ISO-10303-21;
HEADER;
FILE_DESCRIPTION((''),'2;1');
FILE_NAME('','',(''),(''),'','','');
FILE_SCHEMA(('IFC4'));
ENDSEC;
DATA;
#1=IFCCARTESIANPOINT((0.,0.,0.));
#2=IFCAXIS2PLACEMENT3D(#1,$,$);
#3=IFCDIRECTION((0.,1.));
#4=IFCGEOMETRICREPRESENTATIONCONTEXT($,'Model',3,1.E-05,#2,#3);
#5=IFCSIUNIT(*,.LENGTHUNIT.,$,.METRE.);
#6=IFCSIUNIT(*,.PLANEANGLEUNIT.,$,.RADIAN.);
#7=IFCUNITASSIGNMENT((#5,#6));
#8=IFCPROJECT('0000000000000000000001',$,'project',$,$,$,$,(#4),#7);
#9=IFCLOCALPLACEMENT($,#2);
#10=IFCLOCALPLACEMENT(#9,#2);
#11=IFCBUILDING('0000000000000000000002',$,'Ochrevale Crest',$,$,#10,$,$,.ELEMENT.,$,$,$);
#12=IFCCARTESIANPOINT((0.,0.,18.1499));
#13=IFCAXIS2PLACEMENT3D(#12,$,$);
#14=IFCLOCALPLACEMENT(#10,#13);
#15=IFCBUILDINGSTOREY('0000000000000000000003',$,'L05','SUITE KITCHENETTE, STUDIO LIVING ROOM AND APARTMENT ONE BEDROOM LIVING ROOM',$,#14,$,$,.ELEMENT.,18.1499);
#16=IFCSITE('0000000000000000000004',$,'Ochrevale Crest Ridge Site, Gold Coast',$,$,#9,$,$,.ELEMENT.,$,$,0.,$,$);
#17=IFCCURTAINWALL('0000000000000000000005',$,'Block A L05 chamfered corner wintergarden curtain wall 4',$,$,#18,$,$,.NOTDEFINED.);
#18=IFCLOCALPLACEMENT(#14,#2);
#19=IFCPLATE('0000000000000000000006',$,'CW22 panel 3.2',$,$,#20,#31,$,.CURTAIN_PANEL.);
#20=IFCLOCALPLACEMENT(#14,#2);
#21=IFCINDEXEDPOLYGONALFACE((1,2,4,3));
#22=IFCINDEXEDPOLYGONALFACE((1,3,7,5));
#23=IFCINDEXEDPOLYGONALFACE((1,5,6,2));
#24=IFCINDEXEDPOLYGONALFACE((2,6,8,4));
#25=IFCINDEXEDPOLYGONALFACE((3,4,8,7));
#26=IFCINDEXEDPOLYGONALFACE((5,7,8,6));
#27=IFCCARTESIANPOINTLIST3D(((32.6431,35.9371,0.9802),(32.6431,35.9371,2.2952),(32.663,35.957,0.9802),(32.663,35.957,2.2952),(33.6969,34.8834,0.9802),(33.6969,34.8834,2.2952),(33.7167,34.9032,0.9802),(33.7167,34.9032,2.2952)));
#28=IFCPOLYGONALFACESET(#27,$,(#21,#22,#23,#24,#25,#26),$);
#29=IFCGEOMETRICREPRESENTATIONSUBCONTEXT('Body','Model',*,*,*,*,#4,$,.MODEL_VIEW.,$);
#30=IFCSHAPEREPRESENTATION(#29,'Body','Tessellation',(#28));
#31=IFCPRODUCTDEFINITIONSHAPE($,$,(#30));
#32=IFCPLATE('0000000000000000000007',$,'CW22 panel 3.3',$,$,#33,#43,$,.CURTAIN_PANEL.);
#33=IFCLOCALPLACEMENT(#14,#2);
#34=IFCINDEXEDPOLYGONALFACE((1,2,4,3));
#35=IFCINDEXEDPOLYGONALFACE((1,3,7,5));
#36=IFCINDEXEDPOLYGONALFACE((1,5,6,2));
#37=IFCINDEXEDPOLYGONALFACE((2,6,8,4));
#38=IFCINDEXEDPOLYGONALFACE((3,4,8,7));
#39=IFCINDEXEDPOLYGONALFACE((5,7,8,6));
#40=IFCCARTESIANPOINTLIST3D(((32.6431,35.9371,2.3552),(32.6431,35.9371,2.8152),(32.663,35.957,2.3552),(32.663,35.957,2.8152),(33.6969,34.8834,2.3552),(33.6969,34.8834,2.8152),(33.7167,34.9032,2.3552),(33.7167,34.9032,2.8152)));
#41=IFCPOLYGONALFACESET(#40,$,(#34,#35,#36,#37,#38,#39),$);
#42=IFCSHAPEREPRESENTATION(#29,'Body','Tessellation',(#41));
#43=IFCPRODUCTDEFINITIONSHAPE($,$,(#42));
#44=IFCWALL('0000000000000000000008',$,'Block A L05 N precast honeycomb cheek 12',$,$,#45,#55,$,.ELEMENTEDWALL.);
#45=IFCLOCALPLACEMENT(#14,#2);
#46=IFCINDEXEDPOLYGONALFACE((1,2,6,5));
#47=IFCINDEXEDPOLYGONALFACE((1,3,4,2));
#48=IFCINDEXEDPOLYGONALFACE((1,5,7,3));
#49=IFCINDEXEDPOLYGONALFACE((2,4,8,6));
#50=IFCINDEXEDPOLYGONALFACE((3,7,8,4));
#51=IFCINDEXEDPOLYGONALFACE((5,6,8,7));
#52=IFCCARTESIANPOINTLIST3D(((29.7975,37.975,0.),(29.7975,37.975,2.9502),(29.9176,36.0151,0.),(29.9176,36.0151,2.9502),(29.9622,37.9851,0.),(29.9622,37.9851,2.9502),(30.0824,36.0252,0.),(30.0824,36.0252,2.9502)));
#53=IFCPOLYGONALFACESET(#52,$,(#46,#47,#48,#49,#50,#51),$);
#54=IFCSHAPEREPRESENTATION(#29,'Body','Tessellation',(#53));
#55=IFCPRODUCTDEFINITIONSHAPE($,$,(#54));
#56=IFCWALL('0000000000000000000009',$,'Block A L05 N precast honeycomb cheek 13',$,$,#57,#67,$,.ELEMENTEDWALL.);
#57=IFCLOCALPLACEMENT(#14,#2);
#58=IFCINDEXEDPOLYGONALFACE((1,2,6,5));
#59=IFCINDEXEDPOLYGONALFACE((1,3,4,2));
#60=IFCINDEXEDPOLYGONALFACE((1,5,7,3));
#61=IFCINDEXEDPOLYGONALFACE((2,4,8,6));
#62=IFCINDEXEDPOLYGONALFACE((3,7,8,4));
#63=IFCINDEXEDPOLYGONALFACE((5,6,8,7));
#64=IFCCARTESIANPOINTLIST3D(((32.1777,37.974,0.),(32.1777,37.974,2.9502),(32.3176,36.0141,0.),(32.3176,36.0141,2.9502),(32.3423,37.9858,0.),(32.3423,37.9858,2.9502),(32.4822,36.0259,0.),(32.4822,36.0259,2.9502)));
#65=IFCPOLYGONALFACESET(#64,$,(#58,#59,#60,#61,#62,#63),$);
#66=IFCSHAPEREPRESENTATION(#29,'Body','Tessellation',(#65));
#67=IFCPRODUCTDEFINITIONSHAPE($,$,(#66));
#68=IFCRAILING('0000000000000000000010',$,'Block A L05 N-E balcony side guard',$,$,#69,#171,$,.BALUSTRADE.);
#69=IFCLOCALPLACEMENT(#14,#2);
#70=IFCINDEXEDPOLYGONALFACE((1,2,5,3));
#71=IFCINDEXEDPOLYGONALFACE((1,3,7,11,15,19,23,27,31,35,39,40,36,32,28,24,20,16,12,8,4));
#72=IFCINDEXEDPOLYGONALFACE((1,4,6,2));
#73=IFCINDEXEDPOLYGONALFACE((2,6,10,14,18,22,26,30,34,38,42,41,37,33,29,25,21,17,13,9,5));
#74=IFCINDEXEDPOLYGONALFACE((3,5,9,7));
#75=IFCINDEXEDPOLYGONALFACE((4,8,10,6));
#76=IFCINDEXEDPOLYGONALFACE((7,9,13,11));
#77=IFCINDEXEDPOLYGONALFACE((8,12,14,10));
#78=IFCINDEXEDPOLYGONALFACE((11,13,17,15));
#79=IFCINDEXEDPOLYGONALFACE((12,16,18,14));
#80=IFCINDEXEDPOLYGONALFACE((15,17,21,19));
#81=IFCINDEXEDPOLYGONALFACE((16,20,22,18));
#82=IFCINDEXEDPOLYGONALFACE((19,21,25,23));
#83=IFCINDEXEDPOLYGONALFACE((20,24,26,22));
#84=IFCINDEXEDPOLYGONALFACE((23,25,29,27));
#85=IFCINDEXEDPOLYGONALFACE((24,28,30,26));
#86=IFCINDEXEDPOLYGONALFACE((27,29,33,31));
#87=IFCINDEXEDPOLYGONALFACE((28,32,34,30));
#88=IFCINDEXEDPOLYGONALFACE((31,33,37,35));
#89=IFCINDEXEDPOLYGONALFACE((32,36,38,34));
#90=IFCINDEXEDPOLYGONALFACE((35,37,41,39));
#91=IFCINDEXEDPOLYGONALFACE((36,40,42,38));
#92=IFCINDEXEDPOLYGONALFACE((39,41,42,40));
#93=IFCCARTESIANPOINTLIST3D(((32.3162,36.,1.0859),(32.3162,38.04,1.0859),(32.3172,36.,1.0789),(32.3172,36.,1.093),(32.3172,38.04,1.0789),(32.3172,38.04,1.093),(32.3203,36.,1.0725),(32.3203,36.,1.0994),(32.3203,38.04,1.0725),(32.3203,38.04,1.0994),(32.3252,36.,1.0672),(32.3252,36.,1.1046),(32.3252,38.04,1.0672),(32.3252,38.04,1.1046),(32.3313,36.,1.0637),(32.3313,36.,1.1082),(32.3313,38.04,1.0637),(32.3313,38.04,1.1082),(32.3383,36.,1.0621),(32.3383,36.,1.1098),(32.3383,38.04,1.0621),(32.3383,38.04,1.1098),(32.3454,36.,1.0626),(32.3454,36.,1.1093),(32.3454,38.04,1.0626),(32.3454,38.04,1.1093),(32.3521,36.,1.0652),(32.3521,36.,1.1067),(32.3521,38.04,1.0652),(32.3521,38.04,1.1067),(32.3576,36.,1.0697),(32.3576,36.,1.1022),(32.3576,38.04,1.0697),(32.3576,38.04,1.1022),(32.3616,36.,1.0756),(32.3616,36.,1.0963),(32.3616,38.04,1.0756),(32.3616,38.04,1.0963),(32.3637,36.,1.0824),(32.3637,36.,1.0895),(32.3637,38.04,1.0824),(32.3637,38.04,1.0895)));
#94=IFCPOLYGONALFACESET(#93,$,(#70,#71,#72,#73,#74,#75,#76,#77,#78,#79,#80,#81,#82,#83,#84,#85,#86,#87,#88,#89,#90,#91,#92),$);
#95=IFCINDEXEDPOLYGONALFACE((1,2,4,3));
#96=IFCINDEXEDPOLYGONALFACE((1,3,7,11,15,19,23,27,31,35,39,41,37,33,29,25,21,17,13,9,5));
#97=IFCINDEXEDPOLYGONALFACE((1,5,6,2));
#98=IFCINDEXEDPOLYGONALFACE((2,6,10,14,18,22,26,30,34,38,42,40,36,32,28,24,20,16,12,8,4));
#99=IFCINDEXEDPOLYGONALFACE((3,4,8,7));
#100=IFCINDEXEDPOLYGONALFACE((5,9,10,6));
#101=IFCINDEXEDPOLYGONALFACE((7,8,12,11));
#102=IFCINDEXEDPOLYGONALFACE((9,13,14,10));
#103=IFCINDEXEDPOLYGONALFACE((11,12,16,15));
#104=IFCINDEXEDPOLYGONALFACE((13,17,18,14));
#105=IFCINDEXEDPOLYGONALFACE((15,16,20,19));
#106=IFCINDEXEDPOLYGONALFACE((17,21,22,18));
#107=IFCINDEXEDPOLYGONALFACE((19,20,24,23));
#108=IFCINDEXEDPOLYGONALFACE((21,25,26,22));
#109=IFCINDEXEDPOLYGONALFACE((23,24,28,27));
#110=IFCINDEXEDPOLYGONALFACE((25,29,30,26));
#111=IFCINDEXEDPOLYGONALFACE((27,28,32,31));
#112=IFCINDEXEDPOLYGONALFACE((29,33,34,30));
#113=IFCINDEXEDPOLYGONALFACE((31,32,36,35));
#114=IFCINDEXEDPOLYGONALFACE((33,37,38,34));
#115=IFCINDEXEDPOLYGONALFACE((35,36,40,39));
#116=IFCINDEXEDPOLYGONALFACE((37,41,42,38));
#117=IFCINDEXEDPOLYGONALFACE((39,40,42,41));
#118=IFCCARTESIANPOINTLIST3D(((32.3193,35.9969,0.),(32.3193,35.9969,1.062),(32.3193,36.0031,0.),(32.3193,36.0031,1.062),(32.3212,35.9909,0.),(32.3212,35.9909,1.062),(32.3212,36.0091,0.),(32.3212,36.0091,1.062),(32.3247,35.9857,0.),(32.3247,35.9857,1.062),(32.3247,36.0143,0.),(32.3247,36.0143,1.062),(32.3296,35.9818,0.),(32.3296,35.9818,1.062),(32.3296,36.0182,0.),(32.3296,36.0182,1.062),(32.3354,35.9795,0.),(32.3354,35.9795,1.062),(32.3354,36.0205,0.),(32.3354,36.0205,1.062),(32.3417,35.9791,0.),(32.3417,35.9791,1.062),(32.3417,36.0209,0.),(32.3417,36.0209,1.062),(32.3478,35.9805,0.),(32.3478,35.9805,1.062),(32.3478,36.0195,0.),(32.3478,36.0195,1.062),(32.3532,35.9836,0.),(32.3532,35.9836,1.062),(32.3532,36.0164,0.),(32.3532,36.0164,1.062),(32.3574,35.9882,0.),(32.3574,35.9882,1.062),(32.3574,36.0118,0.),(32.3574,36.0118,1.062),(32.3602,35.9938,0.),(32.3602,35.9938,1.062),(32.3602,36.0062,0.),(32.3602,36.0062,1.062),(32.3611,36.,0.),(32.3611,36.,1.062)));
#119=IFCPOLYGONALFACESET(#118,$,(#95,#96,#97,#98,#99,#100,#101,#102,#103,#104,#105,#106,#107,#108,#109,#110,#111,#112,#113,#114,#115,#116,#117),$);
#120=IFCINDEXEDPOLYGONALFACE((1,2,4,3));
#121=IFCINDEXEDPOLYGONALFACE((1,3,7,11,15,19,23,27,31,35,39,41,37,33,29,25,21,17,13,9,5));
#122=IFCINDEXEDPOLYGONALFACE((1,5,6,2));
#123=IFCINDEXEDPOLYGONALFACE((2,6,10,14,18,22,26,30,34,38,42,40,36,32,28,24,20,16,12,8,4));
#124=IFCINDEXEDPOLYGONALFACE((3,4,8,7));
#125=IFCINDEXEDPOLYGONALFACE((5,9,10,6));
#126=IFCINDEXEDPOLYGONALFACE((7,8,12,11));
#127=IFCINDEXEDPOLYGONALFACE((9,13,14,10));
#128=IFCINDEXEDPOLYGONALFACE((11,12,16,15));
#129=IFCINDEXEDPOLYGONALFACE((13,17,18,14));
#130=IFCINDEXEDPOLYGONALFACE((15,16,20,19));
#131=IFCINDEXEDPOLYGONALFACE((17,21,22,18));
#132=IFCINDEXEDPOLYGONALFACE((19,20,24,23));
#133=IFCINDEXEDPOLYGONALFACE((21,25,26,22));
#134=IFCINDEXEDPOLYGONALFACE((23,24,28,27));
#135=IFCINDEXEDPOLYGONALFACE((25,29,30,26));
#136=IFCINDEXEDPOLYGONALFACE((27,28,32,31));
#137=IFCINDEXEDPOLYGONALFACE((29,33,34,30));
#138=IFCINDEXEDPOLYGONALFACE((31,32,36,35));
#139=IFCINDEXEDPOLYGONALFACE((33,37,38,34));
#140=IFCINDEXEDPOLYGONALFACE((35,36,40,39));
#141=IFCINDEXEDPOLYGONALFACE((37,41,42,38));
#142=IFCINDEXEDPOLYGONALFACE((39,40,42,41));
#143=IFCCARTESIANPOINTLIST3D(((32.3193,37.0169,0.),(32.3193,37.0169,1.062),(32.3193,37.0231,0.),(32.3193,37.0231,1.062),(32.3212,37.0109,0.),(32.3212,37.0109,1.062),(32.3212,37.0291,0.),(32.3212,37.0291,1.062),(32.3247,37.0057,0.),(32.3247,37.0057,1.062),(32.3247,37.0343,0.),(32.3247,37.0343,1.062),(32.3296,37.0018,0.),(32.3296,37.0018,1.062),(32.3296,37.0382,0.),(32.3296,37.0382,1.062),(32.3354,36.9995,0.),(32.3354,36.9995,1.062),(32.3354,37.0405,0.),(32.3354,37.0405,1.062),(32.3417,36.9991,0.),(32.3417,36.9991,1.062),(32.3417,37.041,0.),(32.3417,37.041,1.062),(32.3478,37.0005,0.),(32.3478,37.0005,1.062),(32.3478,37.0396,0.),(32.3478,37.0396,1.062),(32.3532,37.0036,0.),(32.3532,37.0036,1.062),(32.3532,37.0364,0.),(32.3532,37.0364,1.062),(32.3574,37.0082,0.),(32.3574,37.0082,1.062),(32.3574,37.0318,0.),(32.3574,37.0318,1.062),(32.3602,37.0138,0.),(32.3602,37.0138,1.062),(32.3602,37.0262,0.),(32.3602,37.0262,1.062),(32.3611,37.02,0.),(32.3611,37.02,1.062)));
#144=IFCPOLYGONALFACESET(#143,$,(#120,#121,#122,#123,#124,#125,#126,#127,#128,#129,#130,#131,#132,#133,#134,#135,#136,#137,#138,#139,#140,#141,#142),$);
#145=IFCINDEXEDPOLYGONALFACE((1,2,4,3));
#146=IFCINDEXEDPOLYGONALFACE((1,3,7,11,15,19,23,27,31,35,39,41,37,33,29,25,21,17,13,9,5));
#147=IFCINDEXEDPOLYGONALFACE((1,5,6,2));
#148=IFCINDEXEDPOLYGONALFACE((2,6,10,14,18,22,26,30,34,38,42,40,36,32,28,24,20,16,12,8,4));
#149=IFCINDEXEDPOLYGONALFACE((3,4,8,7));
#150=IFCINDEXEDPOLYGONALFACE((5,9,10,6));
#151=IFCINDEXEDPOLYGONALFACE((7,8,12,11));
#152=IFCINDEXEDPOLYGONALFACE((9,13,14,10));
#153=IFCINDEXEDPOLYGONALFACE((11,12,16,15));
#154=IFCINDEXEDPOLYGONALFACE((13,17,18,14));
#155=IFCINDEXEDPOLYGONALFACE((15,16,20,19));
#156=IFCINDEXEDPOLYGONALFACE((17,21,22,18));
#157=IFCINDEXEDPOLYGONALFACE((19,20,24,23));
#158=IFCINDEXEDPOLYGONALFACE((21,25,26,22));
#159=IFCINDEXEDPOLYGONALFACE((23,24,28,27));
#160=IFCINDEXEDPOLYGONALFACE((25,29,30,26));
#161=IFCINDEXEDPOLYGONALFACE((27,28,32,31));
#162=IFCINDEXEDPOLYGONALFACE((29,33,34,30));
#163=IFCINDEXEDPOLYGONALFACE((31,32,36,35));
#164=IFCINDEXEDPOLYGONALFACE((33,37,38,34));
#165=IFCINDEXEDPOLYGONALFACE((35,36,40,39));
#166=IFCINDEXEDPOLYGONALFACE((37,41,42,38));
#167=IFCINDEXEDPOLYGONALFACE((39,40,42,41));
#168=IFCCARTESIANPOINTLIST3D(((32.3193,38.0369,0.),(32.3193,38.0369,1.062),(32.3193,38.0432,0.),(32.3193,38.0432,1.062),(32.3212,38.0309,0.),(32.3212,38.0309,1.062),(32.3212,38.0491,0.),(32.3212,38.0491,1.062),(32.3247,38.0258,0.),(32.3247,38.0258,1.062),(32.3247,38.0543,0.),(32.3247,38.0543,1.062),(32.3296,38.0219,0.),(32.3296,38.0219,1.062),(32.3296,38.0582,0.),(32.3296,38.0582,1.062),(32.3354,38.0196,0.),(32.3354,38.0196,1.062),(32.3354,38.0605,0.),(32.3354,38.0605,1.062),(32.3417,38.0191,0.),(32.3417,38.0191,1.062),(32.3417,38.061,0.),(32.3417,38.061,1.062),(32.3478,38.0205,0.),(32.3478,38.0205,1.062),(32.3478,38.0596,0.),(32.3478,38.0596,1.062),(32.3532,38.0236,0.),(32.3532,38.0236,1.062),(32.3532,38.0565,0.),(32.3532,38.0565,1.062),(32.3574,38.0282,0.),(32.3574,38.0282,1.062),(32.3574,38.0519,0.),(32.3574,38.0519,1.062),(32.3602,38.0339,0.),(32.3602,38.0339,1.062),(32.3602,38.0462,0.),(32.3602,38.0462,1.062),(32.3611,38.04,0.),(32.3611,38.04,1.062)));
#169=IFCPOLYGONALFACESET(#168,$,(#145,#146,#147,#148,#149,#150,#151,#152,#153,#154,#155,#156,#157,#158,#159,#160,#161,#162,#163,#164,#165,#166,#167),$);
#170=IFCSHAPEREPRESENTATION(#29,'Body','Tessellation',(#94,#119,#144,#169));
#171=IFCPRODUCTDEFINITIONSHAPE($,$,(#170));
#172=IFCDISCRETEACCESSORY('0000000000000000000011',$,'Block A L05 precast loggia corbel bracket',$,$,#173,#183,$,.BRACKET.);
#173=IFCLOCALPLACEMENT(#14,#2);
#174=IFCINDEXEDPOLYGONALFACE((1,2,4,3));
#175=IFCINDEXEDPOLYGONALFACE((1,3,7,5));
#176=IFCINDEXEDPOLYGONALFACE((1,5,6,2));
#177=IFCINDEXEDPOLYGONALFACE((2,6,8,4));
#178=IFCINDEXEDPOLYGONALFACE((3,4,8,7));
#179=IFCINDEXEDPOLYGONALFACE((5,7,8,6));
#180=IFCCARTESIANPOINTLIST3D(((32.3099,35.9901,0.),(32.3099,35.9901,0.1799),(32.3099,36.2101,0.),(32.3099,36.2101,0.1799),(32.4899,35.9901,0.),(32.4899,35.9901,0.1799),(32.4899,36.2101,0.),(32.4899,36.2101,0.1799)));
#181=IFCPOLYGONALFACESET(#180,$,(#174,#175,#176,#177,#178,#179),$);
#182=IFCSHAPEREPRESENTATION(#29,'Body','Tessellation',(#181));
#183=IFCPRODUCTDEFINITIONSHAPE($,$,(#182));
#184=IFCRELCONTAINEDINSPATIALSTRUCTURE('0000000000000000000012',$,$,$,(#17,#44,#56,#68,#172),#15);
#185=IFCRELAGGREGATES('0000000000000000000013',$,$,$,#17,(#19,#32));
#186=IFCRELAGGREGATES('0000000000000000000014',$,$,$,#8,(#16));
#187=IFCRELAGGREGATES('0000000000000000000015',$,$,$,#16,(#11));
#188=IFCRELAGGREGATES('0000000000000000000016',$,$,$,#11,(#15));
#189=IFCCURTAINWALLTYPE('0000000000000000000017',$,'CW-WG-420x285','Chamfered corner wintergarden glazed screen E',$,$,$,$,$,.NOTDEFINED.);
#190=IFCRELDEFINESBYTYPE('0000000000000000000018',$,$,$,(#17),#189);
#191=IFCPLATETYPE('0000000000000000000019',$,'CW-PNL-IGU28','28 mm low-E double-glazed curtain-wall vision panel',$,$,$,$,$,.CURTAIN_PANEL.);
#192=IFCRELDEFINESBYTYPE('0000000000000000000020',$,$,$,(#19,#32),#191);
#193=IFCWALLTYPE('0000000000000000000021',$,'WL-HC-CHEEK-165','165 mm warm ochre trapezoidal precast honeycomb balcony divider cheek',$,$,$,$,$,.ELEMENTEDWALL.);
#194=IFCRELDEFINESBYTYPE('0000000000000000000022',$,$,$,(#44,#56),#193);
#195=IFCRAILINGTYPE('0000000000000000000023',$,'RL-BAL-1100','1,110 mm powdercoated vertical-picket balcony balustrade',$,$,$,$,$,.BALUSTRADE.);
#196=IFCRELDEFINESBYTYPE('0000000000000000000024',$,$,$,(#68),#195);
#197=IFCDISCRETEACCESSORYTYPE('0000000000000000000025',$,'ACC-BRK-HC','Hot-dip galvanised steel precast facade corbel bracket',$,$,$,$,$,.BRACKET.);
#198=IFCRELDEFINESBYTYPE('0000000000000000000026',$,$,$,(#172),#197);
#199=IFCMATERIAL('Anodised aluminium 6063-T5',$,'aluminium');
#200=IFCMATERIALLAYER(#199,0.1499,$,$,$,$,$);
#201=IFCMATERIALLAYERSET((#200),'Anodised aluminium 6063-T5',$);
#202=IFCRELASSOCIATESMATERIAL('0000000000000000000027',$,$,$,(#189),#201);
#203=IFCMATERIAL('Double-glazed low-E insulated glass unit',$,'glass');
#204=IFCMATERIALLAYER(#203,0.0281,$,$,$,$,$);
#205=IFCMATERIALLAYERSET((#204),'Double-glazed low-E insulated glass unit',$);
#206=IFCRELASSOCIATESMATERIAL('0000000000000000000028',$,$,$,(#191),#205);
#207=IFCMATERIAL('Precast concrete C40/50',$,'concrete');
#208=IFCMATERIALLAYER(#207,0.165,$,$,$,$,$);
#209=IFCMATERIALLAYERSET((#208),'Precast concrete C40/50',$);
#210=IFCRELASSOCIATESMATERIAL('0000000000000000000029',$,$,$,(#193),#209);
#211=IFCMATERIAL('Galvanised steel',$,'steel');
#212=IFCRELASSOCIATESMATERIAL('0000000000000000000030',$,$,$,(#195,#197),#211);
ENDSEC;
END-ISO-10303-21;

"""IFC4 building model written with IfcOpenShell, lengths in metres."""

from ifc_helpers import new_model, si_unit, direction, frame, frame_2d, origin, origin_2d, place, context, subcontext, project, spatial, rectangle, circle, extrude, material, layer, layer_set, type_object, element, aggregate, save


model = new_model("IFC4")

# Units and contexts
model_context = context("Model", 3, precision=1e-05, world=origin(), true_north=direction((0.0, 1.0)))
body_context = subcontext(model_context, "Body", "Model", "MODEL_VIEW")
ifc_project = project(units=[si_unit("LENGTHUNIT", "METRE"), si_unit("PLANEANGLEUNIT", "RADIAN")], contexts=[model_context])

# Site, building, storey
site_placement = place(None, origin())
site = spatial("IfcSite", under=ifc_project, at=site_placement, Name="Ochrevale Crest Ridge Site, Gold Coast", CompositionType="ELEMENT", RefElevation=0.0)
building_placement = place(site_placement, origin())
building = spatial("IfcBuilding", under=site, at=building_placement, Name="Ochrevale Crest", CompositionType="ELEMENT")
storey_placement = place(building_placement, frame((0.0, 0.0, 18.1499)))
storey = spatial("IfcBuildingStorey", under=building, at=storey_placement, Name="L05", Description="SUITE KITCHENETTE, STUDIO LIVING ROOM AND APARTMENT ONE BEDROOM LIVING ROOM", CompositionType="ELEMENT", Elevation=18.1499)

# Curtain wall, plates
ifc_material_1 = material(Name="Anodised aluminium 6063-T5", Category="aluminium")
ifc_layer_1 = layer(ifc_material_1, 0.1499)
ifc_layer_set_1 = layer_set([ifc_layer_1], Name="Anodised aluminium 6063-T5")
curtain_wall_type = type_object("IfcCurtainWallType", Name="CW-WG-420x285", Description="Chamfered corner wintergarden glazed screen E", PredefinedType="NOTDEFINED", material=ifc_layer_set_1)
curtain_wall_placement = place(storey_placement, origin())
curtain_wall = element("IfcCurtainWall", 1, at=curtain_wall_placement, inside=storey, type_object=curtain_wall_type, Name="Block A L05 chamfered corner wintergarden curtain wall 4", PredefinedType="NOTDEFINED")
ifc_material_2 = material(Name="Double-glazed low-E insulated glass unit", Category="glass")
ifc_layer_2 = layer(ifc_material_2, 0.0281)
ifc_layer_set_2 = layer_set([ifc_layer_2], Name="Double-glazed low-E insulated glass unit")
plate_type = type_object("IfcPlateType", Name="CW-PNL-IGU28", Description="28 mm low-E double-glazed curtain-wall vision panel", PredefinedType="CURTAIN_PANEL", material=ifc_layer_set_2)
plate_1_placement = place(storey_placement, frame((33.1799, 35.4202, 0.9802), z_axis=(0.0, 0.0, 1.0), x_axis=(-0.707107, 0.707107, 0.0)))
plate_1 = element("IfcPlate", 2, at=plate_1_placement, type_object=plate_type, Name="CW22 panel 3.2", PredefinedType="CURTAIN_PANEL", context=body_context, shape_type="SweptSolid", body=[
    extrude(rectangle(XDim=1.4902, YDim=0.0281, at=origin_2d()), origin(), (0.0, 0.0, 1.0), 1.3149),
])
plate_2_placement = place(storey_placement, frame((33.1799, 35.4202, 2.3552), z_axis=(0.0, 0.0, 1.0), x_axis=(-0.707107, 0.707107, 0.0)))
plate_2 = element("IfcPlate", 3, at=plate_2_placement, type_object=plate_type, Name="CW22 panel 3.3", PredefinedType="CURTAIN_PANEL", context=body_context, shape_type="SweptSolid", body=[
    extrude(rectangle(XDim=1.4902, YDim=0.0281, at=origin_2d()), origin(), (0.0, 0.0, 1.0), 0.46),
])
aggregate(curtain_wall, [plate_1, plate_2])

# Shared definitions
ifc_material_3 = material(Name="Precast concrete C40/50", Category="concrete")

# Walls
ifc_layer_3 = layer(ifc_material_3, 0.165)
ifc_layer_set_3 = layer_set([ifc_layer_3], Name="Precast concrete C40/50")
wall_type_1 = type_object("IfcWallType", Name="WL-HC-CHEEK-165", Description="165 mm warm ochre trapezoidal precast honeycomb balcony divider cheek", PredefinedType="ELEMENTEDWALL", material=ifc_layer_set_3)
wall_1_placement = place(storey_placement, frame((30.0, 36.02, 0.0), z_axis=(0.0, 0.0, 1.0), x_axis=(-0.061171, 0.998127, 0.0)))
element("IfcWall", 4, at=wall_1_placement, inside=storey, type_object=wall_type_1, Name="Block A L05 N precast honeycomb cheek 12", PredefinedType="ELEMENTEDWALL", context=body_context, shape_type="SweptSolid", body=[
    extrude(rectangle(XDim=1.9636, YDim=0.165, at=frame_2d((0.9819, 0.0))), origin(), (0.0, 0.0, 1.0), 2.9502),
])
wall_2_placement = place(storey_placement, frame((32.3999, 36.02, 0.0), z_axis=(0.0, 0.0, 1.0), x_axis=(-0.071194, 0.997462, 0.0)))
element("IfcWall", 5, at=wall_2_placement, inside=storey, type_object=wall_type_1, Name="Block A L05 N precast honeycomb cheek 13", PredefinedType="ELEMENTEDWALL", context=body_context, shape_type="SweptSolid", body=[
    extrude(rectangle(XDim=1.9648, YDim=0.165, at=frame_2d((0.9824, 0.0))), origin(), (0.0, 0.0, 1.0), 2.9502),
])

# Railing
ifc_material_4 = material(Name="Galvanised steel", Category="steel")
railing_type = type_object("IfcRailingType", Name="RL-BAL-1100", Description="1,110 mm powdercoated vertical-picket balcony balustrade", PredefinedType="BALUSTRADE", material=ifc_material_4)
railing_placement = place(storey_placement, frame((32.3401, 36.0, 0.0)))
element("IfcRailing", 6, at=railing_placement, inside=storey, type_object=railing_type, Name="Block A L05 N-E balcony side guard", PredefinedType="BALUSTRADE", context=body_context, shape_type="SweptSolid", body=[
    extrude(circle(Radius=0.0239, at=origin_2d()), frame((0.0, 0.0, 1.0859), z_axis=(0.0, 1.0, 0.0), x_axis=(-1.0, 0.0, 0.0)), (0.0, 0.0, 1.0), 2.04),
    extrude(circle(Radius=0.021, at=origin_2d()), origin(), (0.0, 0.0, 1.0), 1.062),
    extrude(circle(Radius=0.021, at=origin_2d()), frame((0.0, 1.02, 0.0)), (0.0, 0.0, 1.0), 1.062),
    extrude(circle(Radius=0.021, at=origin_2d()), frame((0.0, 2.04, 0.0)), (0.0, 0.0, 1.0), 1.062),
])

# Discrete accessory
discrete_accessory_type = type_object("IfcDiscreteAccessoryType", Name="ACC-BRK-HC", Description="Hot-dip galvanised steel precast facade corbel bracket", PredefinedType="BRACKET", material=ifc_material_4)
discrete_accessory_placement = place(storey_placement, frame((32.3999, 36.1001, 0.0), z_axis=(0.0, 0.0, 1.0), x_axis=(1.0, 0.0, 0.0)))
element("IfcDiscreteAccessory", 7, at=discrete_accessory_placement, inside=storey, type_object=discrete_accessory_type, Name="Block A L05 precast loggia corbel bracket", PredefinedType="BRACKET", context=body_context, shape_type="SweptSolid", body=[
    extrude(rectangle(XDim=0.1799, YDim=0.22, at=origin_2d()), origin(), (0.0, 0.0, 1.0), 0.1799),
])

save(model, "model.ifc")
